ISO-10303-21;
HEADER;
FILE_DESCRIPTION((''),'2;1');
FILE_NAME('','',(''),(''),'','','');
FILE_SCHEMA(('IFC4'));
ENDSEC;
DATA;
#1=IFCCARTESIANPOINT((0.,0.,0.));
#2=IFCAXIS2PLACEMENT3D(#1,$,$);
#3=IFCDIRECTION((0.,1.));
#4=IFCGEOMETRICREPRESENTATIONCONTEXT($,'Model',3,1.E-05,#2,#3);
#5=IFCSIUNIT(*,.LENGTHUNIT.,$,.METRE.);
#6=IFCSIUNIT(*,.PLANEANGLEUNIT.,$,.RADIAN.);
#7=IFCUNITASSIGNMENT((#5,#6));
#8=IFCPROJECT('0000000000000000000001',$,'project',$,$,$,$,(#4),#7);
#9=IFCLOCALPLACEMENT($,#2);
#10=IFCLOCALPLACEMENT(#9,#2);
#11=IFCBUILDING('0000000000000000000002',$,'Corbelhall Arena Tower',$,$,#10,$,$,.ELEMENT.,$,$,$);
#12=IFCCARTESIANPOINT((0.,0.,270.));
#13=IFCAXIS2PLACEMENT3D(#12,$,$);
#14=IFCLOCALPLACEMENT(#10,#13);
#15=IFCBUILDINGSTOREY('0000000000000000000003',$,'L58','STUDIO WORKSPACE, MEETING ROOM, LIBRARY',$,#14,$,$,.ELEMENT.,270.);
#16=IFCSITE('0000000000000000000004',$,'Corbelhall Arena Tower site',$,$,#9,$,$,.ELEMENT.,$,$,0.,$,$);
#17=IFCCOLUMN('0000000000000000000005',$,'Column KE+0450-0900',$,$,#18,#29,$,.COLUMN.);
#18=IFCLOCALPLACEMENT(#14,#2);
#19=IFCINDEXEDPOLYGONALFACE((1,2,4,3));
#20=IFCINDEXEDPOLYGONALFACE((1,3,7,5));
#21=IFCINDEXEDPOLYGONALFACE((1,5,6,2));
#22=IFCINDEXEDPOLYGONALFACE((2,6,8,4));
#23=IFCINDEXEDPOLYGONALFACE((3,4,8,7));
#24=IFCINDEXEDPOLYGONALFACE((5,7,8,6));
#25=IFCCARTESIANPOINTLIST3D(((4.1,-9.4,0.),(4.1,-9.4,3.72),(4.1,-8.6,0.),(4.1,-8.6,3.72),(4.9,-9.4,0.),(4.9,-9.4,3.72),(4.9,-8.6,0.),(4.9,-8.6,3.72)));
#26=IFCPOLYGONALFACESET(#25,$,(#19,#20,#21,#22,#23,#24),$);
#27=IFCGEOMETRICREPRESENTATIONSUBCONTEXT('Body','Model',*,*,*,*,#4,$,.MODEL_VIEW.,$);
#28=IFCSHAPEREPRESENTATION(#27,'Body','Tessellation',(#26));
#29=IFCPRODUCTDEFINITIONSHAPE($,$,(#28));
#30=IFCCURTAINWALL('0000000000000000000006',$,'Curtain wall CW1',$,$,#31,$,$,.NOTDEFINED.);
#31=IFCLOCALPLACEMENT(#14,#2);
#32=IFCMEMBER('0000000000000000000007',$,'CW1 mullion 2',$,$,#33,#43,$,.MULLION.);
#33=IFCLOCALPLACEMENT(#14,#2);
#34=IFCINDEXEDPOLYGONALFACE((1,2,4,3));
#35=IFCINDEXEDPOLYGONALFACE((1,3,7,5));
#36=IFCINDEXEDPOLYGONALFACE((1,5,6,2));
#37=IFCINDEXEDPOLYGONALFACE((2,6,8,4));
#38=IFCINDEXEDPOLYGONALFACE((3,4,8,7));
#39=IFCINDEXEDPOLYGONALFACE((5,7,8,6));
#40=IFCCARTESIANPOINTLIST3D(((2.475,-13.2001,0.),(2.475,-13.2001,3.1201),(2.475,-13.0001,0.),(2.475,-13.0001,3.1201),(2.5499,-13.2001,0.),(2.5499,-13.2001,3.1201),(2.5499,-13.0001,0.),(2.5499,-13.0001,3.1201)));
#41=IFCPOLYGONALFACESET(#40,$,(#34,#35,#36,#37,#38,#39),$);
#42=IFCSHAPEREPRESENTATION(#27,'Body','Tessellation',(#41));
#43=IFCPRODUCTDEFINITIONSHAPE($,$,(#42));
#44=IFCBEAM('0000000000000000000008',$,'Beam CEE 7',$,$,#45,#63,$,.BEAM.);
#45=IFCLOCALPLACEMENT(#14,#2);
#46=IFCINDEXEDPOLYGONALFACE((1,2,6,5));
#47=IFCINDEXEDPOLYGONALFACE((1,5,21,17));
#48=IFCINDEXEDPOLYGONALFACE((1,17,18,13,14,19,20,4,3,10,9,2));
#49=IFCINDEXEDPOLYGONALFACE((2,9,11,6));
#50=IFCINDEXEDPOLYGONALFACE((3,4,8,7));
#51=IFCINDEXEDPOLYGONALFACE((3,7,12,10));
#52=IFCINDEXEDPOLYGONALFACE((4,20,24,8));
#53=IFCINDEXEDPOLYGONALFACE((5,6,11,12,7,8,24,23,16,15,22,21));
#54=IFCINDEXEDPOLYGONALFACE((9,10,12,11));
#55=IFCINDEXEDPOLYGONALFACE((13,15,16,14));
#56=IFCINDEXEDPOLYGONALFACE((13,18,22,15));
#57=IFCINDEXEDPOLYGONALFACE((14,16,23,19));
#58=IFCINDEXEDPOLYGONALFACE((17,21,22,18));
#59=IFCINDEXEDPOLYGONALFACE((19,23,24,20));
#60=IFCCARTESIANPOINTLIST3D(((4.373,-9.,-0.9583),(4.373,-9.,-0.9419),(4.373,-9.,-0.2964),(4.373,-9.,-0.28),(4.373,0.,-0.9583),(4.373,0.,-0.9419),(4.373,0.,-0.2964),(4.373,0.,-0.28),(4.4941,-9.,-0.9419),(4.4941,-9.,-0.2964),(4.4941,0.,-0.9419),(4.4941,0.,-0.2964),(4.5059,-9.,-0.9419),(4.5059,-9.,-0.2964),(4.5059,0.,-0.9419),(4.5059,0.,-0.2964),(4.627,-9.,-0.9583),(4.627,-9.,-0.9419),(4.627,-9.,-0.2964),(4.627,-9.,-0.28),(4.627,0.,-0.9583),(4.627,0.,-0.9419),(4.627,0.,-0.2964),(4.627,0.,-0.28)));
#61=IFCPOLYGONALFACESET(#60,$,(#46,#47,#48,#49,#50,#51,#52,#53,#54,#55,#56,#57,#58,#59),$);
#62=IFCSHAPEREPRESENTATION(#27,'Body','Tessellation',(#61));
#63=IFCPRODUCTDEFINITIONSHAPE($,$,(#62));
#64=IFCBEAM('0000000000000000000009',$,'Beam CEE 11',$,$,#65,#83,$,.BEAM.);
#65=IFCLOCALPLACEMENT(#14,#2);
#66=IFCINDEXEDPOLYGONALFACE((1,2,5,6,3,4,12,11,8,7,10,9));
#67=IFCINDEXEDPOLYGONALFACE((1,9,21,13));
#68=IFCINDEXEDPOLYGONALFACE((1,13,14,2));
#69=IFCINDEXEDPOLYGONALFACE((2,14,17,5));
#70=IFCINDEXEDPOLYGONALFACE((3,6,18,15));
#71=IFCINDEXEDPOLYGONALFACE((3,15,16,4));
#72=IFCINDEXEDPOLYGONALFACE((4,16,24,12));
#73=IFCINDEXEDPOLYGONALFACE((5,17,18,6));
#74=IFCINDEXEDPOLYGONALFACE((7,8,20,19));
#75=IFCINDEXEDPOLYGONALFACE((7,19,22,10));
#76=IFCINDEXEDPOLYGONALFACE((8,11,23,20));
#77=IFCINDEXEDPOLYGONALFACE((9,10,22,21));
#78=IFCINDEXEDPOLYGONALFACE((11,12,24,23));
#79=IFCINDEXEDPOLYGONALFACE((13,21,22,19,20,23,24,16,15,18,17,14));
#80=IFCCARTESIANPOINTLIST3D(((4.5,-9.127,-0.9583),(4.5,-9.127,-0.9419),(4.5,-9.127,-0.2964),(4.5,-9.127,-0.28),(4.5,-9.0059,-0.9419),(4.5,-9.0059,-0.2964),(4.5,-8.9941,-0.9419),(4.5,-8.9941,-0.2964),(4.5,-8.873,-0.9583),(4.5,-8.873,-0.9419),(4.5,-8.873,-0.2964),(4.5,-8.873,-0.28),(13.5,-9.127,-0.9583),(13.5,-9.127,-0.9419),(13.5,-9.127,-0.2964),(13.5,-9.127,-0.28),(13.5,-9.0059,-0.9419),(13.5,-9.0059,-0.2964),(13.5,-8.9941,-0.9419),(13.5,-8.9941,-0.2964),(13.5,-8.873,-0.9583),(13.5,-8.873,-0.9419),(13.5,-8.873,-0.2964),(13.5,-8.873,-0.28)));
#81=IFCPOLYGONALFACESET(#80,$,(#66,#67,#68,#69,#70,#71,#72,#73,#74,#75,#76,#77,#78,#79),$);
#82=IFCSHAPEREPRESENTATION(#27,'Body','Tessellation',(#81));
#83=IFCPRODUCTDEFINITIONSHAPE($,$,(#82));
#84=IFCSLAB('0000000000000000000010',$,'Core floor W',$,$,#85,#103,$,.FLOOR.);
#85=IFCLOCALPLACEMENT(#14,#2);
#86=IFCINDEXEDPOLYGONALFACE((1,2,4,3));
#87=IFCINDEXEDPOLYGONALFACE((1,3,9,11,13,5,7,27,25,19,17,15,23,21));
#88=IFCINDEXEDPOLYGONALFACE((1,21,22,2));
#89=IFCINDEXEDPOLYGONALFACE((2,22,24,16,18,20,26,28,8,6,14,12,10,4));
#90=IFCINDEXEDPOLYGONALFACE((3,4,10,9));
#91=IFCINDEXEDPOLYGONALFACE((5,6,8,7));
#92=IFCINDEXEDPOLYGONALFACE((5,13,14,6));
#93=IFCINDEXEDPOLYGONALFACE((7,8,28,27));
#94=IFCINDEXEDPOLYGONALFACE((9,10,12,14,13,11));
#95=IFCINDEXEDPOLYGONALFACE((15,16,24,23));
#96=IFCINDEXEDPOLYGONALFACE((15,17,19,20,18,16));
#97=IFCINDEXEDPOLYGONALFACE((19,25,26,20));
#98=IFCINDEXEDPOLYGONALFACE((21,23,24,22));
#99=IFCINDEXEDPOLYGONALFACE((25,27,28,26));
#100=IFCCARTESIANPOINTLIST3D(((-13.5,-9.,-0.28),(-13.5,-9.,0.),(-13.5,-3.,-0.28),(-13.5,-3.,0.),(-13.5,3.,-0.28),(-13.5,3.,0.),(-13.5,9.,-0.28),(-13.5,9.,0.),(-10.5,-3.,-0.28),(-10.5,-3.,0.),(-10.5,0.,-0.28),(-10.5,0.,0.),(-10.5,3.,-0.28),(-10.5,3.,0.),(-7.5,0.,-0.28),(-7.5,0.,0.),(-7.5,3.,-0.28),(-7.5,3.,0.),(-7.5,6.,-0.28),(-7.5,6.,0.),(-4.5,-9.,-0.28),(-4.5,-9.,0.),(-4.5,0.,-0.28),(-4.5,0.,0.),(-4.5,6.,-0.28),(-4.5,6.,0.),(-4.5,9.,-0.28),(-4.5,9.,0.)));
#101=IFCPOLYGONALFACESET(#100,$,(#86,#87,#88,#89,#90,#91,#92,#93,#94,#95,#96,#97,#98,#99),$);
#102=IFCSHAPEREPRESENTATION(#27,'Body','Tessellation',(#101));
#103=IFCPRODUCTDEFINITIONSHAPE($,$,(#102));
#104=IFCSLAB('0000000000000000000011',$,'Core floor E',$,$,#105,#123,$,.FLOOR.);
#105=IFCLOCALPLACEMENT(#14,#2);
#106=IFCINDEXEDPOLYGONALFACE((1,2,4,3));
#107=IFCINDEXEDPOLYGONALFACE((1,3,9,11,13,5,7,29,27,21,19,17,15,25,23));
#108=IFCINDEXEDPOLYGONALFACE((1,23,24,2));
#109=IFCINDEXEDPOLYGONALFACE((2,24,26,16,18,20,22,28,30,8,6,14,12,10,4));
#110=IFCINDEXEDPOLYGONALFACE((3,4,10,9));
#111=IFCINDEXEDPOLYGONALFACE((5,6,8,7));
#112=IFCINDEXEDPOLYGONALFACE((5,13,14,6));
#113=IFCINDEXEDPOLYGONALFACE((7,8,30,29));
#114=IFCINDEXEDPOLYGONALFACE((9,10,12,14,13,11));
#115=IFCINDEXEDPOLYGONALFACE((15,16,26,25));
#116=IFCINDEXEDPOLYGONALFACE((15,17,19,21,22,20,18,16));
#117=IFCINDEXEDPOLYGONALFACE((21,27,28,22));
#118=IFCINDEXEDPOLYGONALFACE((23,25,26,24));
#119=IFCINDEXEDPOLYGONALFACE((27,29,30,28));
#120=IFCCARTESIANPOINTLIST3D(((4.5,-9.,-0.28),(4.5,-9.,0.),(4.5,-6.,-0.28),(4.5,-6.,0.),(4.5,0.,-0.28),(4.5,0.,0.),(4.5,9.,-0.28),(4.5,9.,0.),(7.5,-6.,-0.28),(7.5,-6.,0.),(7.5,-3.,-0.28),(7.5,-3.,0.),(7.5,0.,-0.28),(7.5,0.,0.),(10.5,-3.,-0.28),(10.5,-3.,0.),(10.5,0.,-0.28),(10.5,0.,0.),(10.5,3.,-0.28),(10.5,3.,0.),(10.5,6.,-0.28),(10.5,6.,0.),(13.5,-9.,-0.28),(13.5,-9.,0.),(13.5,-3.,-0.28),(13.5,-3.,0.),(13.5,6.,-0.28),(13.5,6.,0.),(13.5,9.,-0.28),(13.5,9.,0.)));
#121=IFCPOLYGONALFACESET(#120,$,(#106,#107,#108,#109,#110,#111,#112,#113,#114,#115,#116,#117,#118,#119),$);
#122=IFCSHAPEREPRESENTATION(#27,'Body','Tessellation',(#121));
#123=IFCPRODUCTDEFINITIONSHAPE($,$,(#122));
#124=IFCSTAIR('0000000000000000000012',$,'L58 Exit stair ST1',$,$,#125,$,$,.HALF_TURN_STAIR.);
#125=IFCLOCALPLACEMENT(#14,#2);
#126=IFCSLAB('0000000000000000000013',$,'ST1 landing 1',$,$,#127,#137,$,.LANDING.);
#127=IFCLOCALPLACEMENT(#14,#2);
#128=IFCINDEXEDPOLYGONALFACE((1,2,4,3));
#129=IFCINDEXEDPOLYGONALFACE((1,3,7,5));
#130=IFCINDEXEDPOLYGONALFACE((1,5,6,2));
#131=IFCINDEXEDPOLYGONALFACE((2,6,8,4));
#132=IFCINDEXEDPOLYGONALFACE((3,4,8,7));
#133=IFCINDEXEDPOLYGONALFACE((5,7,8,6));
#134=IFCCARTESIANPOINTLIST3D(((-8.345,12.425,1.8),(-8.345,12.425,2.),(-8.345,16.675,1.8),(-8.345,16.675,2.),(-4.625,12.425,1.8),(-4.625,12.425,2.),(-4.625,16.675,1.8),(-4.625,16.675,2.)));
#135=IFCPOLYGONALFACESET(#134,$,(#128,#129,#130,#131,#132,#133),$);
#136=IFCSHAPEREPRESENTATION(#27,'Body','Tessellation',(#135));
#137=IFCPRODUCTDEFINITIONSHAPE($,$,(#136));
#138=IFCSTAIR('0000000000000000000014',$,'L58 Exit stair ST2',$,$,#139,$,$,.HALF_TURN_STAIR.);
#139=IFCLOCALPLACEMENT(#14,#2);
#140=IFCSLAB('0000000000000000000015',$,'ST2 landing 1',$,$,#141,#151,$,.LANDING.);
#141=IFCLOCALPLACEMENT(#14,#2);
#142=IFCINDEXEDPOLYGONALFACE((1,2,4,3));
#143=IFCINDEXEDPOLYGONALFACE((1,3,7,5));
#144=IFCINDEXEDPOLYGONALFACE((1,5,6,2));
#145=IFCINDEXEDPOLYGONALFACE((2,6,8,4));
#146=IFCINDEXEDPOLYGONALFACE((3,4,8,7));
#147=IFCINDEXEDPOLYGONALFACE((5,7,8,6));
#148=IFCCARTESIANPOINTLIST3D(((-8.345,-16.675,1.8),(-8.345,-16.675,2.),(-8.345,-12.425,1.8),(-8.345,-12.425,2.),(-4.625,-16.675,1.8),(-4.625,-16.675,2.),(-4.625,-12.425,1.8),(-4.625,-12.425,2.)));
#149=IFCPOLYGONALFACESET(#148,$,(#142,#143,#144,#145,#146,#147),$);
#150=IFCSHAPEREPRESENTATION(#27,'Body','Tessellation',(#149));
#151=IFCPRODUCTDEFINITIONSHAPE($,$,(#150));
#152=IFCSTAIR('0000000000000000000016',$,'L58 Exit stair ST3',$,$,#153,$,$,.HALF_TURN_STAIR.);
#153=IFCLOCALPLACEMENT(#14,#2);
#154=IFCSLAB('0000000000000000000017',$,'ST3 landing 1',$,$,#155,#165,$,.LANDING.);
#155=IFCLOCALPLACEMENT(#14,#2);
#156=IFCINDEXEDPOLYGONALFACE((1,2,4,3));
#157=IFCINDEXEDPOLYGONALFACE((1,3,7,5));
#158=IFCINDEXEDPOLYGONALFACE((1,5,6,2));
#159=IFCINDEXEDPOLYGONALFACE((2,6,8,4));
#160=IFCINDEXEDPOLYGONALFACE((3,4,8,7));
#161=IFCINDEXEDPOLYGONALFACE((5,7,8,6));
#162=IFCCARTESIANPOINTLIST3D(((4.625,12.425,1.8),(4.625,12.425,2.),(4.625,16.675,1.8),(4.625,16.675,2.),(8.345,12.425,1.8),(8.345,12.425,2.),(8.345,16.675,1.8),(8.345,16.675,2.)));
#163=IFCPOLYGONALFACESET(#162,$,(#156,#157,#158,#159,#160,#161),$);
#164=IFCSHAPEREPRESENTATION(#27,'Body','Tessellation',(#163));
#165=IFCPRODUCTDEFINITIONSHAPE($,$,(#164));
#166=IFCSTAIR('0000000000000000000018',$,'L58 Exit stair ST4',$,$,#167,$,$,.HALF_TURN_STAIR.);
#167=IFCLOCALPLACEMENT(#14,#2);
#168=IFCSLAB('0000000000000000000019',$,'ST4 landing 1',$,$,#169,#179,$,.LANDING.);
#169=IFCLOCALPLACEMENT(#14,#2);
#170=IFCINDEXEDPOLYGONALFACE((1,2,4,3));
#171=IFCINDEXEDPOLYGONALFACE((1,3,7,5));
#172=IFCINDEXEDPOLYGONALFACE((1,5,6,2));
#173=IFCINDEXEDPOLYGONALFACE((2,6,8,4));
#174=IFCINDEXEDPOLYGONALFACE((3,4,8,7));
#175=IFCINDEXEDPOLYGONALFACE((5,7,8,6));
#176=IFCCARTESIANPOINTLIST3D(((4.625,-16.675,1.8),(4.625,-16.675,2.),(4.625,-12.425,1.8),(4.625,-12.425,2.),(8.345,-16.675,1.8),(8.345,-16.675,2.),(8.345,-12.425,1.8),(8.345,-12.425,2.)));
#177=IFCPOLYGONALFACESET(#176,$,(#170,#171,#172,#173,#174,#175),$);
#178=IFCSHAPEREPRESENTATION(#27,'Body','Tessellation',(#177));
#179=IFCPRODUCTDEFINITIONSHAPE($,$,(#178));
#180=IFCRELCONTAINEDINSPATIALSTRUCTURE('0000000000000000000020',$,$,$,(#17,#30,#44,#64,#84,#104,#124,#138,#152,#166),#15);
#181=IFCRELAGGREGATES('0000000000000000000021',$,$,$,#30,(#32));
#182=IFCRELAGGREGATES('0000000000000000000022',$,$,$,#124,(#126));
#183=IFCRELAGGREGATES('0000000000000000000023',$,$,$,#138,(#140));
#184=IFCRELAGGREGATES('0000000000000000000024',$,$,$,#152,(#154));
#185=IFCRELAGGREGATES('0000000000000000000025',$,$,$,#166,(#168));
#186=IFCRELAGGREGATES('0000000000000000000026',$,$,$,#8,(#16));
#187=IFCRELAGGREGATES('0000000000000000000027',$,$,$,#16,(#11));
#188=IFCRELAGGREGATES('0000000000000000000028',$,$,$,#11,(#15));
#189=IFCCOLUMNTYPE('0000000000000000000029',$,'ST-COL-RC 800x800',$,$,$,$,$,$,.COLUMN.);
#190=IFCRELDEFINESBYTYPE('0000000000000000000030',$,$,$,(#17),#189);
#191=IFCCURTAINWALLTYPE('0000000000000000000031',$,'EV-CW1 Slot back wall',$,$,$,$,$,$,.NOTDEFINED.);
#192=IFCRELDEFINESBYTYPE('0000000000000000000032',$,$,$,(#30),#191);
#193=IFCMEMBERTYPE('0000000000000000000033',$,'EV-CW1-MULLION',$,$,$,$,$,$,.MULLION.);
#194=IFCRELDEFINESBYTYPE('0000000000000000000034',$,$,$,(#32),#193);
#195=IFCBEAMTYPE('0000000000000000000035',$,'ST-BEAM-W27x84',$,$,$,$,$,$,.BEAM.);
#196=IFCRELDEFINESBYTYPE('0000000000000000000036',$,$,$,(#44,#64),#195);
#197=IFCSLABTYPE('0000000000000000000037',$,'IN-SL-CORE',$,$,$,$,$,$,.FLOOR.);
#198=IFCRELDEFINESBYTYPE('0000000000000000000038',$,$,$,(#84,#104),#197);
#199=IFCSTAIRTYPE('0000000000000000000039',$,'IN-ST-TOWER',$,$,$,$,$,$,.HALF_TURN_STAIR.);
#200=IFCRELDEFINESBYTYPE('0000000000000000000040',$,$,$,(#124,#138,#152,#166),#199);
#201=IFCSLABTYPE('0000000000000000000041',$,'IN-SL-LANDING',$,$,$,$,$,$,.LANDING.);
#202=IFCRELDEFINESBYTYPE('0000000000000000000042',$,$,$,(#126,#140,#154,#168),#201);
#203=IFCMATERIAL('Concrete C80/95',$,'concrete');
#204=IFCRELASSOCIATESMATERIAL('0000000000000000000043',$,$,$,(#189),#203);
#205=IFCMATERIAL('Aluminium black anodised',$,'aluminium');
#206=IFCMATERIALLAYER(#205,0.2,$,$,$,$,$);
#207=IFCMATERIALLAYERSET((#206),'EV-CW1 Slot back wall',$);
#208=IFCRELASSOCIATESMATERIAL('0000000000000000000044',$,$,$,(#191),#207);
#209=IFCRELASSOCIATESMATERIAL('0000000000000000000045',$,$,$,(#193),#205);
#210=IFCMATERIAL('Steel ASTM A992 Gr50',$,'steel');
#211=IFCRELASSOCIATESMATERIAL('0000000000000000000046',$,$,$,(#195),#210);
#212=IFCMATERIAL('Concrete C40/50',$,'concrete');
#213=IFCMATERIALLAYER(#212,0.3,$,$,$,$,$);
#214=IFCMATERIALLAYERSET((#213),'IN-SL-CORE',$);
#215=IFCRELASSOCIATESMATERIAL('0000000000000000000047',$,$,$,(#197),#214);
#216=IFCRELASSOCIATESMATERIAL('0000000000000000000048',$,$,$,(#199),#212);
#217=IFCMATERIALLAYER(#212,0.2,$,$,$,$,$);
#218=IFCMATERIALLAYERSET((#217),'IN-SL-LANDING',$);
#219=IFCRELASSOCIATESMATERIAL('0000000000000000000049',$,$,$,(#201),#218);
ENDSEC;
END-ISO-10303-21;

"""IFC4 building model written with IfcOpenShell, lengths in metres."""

from ifc_helpers import new_model, si_unit, direction, frame, origin, origin_2d, place, context, subcontext, project, spatial, polyline, rectangle, i_section, outline, extrude, material, layer, layer_set, material_profile, profile_set, type_object, element, aggregate, save


model = new_model("IFC4")

# Units and contexts
model_context = context("Model", 3, precision=1e-05, world=origin(), true_north=direction((0.0, 1.0)))
body_context = subcontext(model_context, "Body", "Model", "MODEL_VIEW")
ifc_project = project(units=[si_unit("LENGTHUNIT", "METRE"), si_unit("PLANEANGLEUNIT", "RADIAN")], contexts=[model_context])

# Site, building, storey
site_placement = place(None, origin())
site = spatial("IfcSite", under=ifc_project, at=site_placement, Name="Corbelhall Arena Tower site", CompositionType="ELEMENT", RefElevation=0.0)
building_placement = place(site_placement, origin())
building = spatial("IfcBuilding", under=site, at=building_placement, Name="Corbelhall Arena Tower", CompositionType="ELEMENT")
storey_placement = place(building_placement, frame((0.0, 0.0, 270.0)))
storey = spatial("IfcBuildingStorey", under=building, at=storey_placement, Name="L58", Description="STUDIO WORKSPACE, MEETING ROOM, LIBRARY", CompositionType="ELEMENT", Elevation=270.0)

# Column
ifc_material_1 = material(Name="Concrete C80/95", Category="concrete")
ifc_material_profile_1 = material_profile(ifc_material_1, rectangle(XDim=0.8, YDim=0.8, at=origin_2d()))
ifc_profile_set_1 = profile_set([ifc_material_profile_1], Name="Concrete C80/95")
column_type = type_object("IfcColumnType", Name="ST-COL-RC 800x800", PredefinedType="COLUMN", material=ifc_profile_set_1)
column_placement = place(storey_placement, frame((4.5, -9.0, 0.0), z_axis=(0.0, 0.0, 1.0), x_axis=(1.0, 0.0, 0.0)))
element("IfcColumn", 1, at=column_placement, inside=storey, type_object=column_type, Name="Column KE+0450-0900", PredefinedType="COLUMN", context=body_context, shape_type="SweptSolid", body=[
    extrude(rectangle(XDim=0.8, YDim=0.8, at=origin_2d()), origin(), (0.0, 0.0, 1.0), 3.72),
])

# Curtain wall, member
ifc_material_2 = material(Name="Aluminium black anodised", Category="aluminium")
ifc_layer_1 = layer(ifc_material_2, 0.2)
ifc_layer_set_1 = layer_set([ifc_layer_1], Name="EV-CW1 Slot back wall")
curtain_wall_type = type_object("IfcCurtainWallType", Name="EV-CW1 Slot back wall", PredefinedType="NOTDEFINED", material=ifc_layer_set_1)
curtain_wall_placement = place(storey_placement, origin())
curtain_wall = element("IfcCurtainWall", 2, at=curtain_wall_placement, inside=storey, type_object=curtain_wall_type, Name="Curtain wall CW1", PredefinedType="NOTDEFINED")
ifc_material_profile_2 = material_profile(ifc_material_2, rectangle(XDim=0.2, YDim=0.075, at=origin_2d()))
ifc_profile_set_2 = profile_set([ifc_material_profile_2], Name="Aluminium black anodised")
member_type = type_object("IfcMemberType", Name="EV-CW1-MULLION", PredefinedType="MULLION", material=ifc_profile_set_2)
member_placement = place(storey_placement, frame((2.5125, -13.1001, 0.0), z_axis=(0.0, 0.0, 1.0), x_axis=(0.0, 1.0, 0.0)))
member = element("IfcMember", 3, at=member_placement, type_object=member_type, Name="CW1 mullion 2", PredefinedType="MULLION", context=body_context, shape_type="SweptSolid", body=[
    extrude(rectangle(XDim=0.2, YDim=0.075, at=origin_2d()), origin(), (0.0, 0.0, 1.0), 3.1201),
])
aggregate(curtain_wall, [member])

# Beams
ifc_material_3 = material(Name="Steel ASTM A992 Gr50", Category="steel")
ifc_material_profile_3 = material_profile(ifc_material_3, i_section(OverallWidth=0.2539, OverallDepth=0.6782, WebThickness=0.0117, FlangeThickness=0.0164, at=origin_2d()))
ifc_profile_set_3 = profile_set([ifc_material_profile_3], Name="Steel ASTM A992 Gr50")
beam_type = type_object("IfcBeamType", Name="ST-BEAM-W27x84", PredefinedType="BEAM", material=ifc_profile_set_3)
for number, where, z_axis, x_axis, name in (
    (4, (4.5, -9.0, -0.6191), (0.0, 1.0, 0.0), (-1.0, 0.0, 0.0), "Beam CEE 7"),
    (5, (4.5, -9.0, -0.6191), (1.0, 0.0, 0.0), (0.0, 1.0, 0.0), "Beam CEE 11"),
):
    element("IfcBeam", number, at=place(storey_placement, frame(where, z_axis=z_axis, x_axis=x_axis)), inside=storey, type_object=beam_type, Name=name, PredefinedType="BEAM", context=body_context, shape_type="SweptSolid", body=[
        extrude(i_section(OverallWidth=0.2539, OverallDepth=0.6782, WebThickness=0.0117, FlangeThickness=0.0164, at=origin_2d()), origin(), (0.0, 0.0, 1.0), 9.0),
    ])

# Slabs
ifc_material_4 = material(Name="Concrete C40/50", Category="concrete")
ifc_layer_2 = layer(ifc_material_4, 0.3)
ifc_layer_set_2 = layer_set([ifc_layer_2], Name="IN-SL-CORE")
slab_type_1 = type_object("IfcSlabType", Name="IN-SL-CORE", PredefinedType="FLOOR", material=ifc_layer_set_2)
slab_1_placement = place(storey_placement, frame((0.0, 0.0, -0.28)))
element("IfcSlab", 6, at=slab_1_placement, inside=storey, type_object=slab_type_1, Name="Core floor W", PredefinedType="FLOOR", context=body_context, shape_type="SweptSolid", body=[
    extrude(outline(polyline([(-10.5, -3.0), (-13.5, -3.0), (-13.5, -9.0), (-4.5, -9.0), (-4.5, 0.0), (-7.5, 0.0), (-7.5, 3.0), (-7.5, 6.0), (-4.5, 6.0), (-4.5, 9.0), (-13.5, 9.0), (-13.5, 3.0), (-10.5, 3.0), (-10.5, 0.0), (-10.5, -3.0)])), origin(), (0.0, 0.0, 1.0), 0.28),
])
slab_2_placement = place(storey_placement, frame((0.0, 0.0, -0.28)))
element("IfcSlab", 7, at=slab_2_placement, inside=storey, type_object=slab_type_1, Name="Core floor E", PredefinedType="FLOOR", context=body_context, shape_type="SweptSolid", body=[
    extrude(outline(polyline([(13.5, -3.0), (10.5, -3.0), (10.5, 0.0), (10.5, 3.0), (10.5, 6.0), (13.5, 6.0), (13.5, 9.0), (4.5, 9.0), (4.5, 0.0), (7.5, 0.0), (7.5, -3.0), (7.5, -6.0), (4.5, -6.0), (4.5, -9.0), (13.5, -9.0), (13.5, -3.0)])), origin(), (0.0, 0.0, 1.0), 0.28),
])

# Stairs, slabs
stair_type = type_object("IfcStairType", Name="IN-ST-TOWER", PredefinedType="HALF_TURN_STAIR", material=ifc_material_4)
stair_1_placement = place(storey_placement, origin())
stair_1 = element("IfcStair", 8, at=stair_1_placement, inside=storey, type_object=stair_type, Name="L58 Exit stair ST1", PredefinedType="HALF_TURN_STAIR")
ifc_layer_3 = layer(ifc_material_4, 0.2)
ifc_layer_set_3 = layer_set([ifc_layer_3], Name="IN-SL-LANDING")
slab_type_2 = type_object("IfcSlabType", Name="IN-SL-LANDING", PredefinedType="LANDING", material=ifc_layer_set_3)
slab_3_placement = place(storey_placement, frame((0.0, 0.0, 1.8)))
slab_3 = element("IfcSlab", 9, at=slab_3_placement, type_object=slab_type_2, Name="ST1 landing 1", PredefinedType="LANDING", context=body_context, shape_type="SweptSolid", body=[
    extrude(outline(polyline([(-8.345, 12.425), (-4.625, 12.425), (-4.625, 16.675), (-8.345, 16.675), (-8.345, 12.425)])), origin(), (0.0, 0.0, 1.0), 0.2),
])
aggregate(stair_1, [slab_3])
stair_2_placement = place(storey_placement, origin())
stair_2 = element("IfcStair", 10, at=stair_2_placement, inside=storey, type_object=stair_type, Name="L58 Exit stair ST2", PredefinedType="HALF_TURN_STAIR")
slab_4_placement = place(storey_placement, frame((0.0, 0.0, 1.8)))
slab_4 = element("IfcSlab", 11, at=slab_4_placement, type_object=slab_type_2, Name="ST2 landing 1", PredefinedType="LANDING", context=body_context, shape_type="SweptSolid", body=[
    extrude(outline(polyline([(-8.345, -16.675), (-4.625, -16.675), (-4.625, -12.425), (-8.345, -12.425), (-8.345, -16.675)])), origin(), (0.0, 0.0, 1.0), 0.2),
])
aggregate(stair_2, [slab_4])
stair_3_placement = place(storey_placement, origin())
stair_3 = element("IfcStair", 12, at=stair_3_placement, inside=storey, type_object=stair_type, Name="L58 Exit stair ST3", PredefinedType="HALF_TURN_STAIR")
slab_5_placement = place(storey_placement, frame((0.0, 0.0, 1.8)))
slab_5 = element("IfcSlab", 13, at=slab_5_placement, type_object=slab_type_2, Name="ST3 landing 1", PredefinedType="LANDING", context=body_context, shape_type="SweptSolid", body=[
    extrude(outline(polyline([(8.345, 16.675), (4.625, 16.675), (4.625, 12.425), (8.345, 12.425), (8.345, 16.675)])), origin(), (0.0, 0.0, 1.0), 0.2),
])
aggregate(stair_3, [slab_5])
stair_4_placement = place(storey_placement, origin())
stair_4 = element("IfcStair", 14, at=stair_4_placement, inside=storey, type_object=stair_type, Name="L58 Exit stair ST4", PredefinedType="HALF_TURN_STAIR")
slab_6_placement = place(storey_placement, frame((0.0, 0.0, 1.8)))
slab_6 = element("IfcSlab", 15, at=slab_6_placement, type_object=slab_type_2, Name="ST4 landing 1", PredefinedType="LANDING", context=body_context, shape_type="SweptSolid", body=[
    extrude(outline(polyline([(8.345, -12.425), (4.625, -12.425), (4.625, -16.675), (8.345, -16.675), (8.345, -12.425)])), origin(), (0.0, 0.0, 1.0), 0.2),
])
aggregate(stair_4, [slab_6])

save(model, "model.ifc")
